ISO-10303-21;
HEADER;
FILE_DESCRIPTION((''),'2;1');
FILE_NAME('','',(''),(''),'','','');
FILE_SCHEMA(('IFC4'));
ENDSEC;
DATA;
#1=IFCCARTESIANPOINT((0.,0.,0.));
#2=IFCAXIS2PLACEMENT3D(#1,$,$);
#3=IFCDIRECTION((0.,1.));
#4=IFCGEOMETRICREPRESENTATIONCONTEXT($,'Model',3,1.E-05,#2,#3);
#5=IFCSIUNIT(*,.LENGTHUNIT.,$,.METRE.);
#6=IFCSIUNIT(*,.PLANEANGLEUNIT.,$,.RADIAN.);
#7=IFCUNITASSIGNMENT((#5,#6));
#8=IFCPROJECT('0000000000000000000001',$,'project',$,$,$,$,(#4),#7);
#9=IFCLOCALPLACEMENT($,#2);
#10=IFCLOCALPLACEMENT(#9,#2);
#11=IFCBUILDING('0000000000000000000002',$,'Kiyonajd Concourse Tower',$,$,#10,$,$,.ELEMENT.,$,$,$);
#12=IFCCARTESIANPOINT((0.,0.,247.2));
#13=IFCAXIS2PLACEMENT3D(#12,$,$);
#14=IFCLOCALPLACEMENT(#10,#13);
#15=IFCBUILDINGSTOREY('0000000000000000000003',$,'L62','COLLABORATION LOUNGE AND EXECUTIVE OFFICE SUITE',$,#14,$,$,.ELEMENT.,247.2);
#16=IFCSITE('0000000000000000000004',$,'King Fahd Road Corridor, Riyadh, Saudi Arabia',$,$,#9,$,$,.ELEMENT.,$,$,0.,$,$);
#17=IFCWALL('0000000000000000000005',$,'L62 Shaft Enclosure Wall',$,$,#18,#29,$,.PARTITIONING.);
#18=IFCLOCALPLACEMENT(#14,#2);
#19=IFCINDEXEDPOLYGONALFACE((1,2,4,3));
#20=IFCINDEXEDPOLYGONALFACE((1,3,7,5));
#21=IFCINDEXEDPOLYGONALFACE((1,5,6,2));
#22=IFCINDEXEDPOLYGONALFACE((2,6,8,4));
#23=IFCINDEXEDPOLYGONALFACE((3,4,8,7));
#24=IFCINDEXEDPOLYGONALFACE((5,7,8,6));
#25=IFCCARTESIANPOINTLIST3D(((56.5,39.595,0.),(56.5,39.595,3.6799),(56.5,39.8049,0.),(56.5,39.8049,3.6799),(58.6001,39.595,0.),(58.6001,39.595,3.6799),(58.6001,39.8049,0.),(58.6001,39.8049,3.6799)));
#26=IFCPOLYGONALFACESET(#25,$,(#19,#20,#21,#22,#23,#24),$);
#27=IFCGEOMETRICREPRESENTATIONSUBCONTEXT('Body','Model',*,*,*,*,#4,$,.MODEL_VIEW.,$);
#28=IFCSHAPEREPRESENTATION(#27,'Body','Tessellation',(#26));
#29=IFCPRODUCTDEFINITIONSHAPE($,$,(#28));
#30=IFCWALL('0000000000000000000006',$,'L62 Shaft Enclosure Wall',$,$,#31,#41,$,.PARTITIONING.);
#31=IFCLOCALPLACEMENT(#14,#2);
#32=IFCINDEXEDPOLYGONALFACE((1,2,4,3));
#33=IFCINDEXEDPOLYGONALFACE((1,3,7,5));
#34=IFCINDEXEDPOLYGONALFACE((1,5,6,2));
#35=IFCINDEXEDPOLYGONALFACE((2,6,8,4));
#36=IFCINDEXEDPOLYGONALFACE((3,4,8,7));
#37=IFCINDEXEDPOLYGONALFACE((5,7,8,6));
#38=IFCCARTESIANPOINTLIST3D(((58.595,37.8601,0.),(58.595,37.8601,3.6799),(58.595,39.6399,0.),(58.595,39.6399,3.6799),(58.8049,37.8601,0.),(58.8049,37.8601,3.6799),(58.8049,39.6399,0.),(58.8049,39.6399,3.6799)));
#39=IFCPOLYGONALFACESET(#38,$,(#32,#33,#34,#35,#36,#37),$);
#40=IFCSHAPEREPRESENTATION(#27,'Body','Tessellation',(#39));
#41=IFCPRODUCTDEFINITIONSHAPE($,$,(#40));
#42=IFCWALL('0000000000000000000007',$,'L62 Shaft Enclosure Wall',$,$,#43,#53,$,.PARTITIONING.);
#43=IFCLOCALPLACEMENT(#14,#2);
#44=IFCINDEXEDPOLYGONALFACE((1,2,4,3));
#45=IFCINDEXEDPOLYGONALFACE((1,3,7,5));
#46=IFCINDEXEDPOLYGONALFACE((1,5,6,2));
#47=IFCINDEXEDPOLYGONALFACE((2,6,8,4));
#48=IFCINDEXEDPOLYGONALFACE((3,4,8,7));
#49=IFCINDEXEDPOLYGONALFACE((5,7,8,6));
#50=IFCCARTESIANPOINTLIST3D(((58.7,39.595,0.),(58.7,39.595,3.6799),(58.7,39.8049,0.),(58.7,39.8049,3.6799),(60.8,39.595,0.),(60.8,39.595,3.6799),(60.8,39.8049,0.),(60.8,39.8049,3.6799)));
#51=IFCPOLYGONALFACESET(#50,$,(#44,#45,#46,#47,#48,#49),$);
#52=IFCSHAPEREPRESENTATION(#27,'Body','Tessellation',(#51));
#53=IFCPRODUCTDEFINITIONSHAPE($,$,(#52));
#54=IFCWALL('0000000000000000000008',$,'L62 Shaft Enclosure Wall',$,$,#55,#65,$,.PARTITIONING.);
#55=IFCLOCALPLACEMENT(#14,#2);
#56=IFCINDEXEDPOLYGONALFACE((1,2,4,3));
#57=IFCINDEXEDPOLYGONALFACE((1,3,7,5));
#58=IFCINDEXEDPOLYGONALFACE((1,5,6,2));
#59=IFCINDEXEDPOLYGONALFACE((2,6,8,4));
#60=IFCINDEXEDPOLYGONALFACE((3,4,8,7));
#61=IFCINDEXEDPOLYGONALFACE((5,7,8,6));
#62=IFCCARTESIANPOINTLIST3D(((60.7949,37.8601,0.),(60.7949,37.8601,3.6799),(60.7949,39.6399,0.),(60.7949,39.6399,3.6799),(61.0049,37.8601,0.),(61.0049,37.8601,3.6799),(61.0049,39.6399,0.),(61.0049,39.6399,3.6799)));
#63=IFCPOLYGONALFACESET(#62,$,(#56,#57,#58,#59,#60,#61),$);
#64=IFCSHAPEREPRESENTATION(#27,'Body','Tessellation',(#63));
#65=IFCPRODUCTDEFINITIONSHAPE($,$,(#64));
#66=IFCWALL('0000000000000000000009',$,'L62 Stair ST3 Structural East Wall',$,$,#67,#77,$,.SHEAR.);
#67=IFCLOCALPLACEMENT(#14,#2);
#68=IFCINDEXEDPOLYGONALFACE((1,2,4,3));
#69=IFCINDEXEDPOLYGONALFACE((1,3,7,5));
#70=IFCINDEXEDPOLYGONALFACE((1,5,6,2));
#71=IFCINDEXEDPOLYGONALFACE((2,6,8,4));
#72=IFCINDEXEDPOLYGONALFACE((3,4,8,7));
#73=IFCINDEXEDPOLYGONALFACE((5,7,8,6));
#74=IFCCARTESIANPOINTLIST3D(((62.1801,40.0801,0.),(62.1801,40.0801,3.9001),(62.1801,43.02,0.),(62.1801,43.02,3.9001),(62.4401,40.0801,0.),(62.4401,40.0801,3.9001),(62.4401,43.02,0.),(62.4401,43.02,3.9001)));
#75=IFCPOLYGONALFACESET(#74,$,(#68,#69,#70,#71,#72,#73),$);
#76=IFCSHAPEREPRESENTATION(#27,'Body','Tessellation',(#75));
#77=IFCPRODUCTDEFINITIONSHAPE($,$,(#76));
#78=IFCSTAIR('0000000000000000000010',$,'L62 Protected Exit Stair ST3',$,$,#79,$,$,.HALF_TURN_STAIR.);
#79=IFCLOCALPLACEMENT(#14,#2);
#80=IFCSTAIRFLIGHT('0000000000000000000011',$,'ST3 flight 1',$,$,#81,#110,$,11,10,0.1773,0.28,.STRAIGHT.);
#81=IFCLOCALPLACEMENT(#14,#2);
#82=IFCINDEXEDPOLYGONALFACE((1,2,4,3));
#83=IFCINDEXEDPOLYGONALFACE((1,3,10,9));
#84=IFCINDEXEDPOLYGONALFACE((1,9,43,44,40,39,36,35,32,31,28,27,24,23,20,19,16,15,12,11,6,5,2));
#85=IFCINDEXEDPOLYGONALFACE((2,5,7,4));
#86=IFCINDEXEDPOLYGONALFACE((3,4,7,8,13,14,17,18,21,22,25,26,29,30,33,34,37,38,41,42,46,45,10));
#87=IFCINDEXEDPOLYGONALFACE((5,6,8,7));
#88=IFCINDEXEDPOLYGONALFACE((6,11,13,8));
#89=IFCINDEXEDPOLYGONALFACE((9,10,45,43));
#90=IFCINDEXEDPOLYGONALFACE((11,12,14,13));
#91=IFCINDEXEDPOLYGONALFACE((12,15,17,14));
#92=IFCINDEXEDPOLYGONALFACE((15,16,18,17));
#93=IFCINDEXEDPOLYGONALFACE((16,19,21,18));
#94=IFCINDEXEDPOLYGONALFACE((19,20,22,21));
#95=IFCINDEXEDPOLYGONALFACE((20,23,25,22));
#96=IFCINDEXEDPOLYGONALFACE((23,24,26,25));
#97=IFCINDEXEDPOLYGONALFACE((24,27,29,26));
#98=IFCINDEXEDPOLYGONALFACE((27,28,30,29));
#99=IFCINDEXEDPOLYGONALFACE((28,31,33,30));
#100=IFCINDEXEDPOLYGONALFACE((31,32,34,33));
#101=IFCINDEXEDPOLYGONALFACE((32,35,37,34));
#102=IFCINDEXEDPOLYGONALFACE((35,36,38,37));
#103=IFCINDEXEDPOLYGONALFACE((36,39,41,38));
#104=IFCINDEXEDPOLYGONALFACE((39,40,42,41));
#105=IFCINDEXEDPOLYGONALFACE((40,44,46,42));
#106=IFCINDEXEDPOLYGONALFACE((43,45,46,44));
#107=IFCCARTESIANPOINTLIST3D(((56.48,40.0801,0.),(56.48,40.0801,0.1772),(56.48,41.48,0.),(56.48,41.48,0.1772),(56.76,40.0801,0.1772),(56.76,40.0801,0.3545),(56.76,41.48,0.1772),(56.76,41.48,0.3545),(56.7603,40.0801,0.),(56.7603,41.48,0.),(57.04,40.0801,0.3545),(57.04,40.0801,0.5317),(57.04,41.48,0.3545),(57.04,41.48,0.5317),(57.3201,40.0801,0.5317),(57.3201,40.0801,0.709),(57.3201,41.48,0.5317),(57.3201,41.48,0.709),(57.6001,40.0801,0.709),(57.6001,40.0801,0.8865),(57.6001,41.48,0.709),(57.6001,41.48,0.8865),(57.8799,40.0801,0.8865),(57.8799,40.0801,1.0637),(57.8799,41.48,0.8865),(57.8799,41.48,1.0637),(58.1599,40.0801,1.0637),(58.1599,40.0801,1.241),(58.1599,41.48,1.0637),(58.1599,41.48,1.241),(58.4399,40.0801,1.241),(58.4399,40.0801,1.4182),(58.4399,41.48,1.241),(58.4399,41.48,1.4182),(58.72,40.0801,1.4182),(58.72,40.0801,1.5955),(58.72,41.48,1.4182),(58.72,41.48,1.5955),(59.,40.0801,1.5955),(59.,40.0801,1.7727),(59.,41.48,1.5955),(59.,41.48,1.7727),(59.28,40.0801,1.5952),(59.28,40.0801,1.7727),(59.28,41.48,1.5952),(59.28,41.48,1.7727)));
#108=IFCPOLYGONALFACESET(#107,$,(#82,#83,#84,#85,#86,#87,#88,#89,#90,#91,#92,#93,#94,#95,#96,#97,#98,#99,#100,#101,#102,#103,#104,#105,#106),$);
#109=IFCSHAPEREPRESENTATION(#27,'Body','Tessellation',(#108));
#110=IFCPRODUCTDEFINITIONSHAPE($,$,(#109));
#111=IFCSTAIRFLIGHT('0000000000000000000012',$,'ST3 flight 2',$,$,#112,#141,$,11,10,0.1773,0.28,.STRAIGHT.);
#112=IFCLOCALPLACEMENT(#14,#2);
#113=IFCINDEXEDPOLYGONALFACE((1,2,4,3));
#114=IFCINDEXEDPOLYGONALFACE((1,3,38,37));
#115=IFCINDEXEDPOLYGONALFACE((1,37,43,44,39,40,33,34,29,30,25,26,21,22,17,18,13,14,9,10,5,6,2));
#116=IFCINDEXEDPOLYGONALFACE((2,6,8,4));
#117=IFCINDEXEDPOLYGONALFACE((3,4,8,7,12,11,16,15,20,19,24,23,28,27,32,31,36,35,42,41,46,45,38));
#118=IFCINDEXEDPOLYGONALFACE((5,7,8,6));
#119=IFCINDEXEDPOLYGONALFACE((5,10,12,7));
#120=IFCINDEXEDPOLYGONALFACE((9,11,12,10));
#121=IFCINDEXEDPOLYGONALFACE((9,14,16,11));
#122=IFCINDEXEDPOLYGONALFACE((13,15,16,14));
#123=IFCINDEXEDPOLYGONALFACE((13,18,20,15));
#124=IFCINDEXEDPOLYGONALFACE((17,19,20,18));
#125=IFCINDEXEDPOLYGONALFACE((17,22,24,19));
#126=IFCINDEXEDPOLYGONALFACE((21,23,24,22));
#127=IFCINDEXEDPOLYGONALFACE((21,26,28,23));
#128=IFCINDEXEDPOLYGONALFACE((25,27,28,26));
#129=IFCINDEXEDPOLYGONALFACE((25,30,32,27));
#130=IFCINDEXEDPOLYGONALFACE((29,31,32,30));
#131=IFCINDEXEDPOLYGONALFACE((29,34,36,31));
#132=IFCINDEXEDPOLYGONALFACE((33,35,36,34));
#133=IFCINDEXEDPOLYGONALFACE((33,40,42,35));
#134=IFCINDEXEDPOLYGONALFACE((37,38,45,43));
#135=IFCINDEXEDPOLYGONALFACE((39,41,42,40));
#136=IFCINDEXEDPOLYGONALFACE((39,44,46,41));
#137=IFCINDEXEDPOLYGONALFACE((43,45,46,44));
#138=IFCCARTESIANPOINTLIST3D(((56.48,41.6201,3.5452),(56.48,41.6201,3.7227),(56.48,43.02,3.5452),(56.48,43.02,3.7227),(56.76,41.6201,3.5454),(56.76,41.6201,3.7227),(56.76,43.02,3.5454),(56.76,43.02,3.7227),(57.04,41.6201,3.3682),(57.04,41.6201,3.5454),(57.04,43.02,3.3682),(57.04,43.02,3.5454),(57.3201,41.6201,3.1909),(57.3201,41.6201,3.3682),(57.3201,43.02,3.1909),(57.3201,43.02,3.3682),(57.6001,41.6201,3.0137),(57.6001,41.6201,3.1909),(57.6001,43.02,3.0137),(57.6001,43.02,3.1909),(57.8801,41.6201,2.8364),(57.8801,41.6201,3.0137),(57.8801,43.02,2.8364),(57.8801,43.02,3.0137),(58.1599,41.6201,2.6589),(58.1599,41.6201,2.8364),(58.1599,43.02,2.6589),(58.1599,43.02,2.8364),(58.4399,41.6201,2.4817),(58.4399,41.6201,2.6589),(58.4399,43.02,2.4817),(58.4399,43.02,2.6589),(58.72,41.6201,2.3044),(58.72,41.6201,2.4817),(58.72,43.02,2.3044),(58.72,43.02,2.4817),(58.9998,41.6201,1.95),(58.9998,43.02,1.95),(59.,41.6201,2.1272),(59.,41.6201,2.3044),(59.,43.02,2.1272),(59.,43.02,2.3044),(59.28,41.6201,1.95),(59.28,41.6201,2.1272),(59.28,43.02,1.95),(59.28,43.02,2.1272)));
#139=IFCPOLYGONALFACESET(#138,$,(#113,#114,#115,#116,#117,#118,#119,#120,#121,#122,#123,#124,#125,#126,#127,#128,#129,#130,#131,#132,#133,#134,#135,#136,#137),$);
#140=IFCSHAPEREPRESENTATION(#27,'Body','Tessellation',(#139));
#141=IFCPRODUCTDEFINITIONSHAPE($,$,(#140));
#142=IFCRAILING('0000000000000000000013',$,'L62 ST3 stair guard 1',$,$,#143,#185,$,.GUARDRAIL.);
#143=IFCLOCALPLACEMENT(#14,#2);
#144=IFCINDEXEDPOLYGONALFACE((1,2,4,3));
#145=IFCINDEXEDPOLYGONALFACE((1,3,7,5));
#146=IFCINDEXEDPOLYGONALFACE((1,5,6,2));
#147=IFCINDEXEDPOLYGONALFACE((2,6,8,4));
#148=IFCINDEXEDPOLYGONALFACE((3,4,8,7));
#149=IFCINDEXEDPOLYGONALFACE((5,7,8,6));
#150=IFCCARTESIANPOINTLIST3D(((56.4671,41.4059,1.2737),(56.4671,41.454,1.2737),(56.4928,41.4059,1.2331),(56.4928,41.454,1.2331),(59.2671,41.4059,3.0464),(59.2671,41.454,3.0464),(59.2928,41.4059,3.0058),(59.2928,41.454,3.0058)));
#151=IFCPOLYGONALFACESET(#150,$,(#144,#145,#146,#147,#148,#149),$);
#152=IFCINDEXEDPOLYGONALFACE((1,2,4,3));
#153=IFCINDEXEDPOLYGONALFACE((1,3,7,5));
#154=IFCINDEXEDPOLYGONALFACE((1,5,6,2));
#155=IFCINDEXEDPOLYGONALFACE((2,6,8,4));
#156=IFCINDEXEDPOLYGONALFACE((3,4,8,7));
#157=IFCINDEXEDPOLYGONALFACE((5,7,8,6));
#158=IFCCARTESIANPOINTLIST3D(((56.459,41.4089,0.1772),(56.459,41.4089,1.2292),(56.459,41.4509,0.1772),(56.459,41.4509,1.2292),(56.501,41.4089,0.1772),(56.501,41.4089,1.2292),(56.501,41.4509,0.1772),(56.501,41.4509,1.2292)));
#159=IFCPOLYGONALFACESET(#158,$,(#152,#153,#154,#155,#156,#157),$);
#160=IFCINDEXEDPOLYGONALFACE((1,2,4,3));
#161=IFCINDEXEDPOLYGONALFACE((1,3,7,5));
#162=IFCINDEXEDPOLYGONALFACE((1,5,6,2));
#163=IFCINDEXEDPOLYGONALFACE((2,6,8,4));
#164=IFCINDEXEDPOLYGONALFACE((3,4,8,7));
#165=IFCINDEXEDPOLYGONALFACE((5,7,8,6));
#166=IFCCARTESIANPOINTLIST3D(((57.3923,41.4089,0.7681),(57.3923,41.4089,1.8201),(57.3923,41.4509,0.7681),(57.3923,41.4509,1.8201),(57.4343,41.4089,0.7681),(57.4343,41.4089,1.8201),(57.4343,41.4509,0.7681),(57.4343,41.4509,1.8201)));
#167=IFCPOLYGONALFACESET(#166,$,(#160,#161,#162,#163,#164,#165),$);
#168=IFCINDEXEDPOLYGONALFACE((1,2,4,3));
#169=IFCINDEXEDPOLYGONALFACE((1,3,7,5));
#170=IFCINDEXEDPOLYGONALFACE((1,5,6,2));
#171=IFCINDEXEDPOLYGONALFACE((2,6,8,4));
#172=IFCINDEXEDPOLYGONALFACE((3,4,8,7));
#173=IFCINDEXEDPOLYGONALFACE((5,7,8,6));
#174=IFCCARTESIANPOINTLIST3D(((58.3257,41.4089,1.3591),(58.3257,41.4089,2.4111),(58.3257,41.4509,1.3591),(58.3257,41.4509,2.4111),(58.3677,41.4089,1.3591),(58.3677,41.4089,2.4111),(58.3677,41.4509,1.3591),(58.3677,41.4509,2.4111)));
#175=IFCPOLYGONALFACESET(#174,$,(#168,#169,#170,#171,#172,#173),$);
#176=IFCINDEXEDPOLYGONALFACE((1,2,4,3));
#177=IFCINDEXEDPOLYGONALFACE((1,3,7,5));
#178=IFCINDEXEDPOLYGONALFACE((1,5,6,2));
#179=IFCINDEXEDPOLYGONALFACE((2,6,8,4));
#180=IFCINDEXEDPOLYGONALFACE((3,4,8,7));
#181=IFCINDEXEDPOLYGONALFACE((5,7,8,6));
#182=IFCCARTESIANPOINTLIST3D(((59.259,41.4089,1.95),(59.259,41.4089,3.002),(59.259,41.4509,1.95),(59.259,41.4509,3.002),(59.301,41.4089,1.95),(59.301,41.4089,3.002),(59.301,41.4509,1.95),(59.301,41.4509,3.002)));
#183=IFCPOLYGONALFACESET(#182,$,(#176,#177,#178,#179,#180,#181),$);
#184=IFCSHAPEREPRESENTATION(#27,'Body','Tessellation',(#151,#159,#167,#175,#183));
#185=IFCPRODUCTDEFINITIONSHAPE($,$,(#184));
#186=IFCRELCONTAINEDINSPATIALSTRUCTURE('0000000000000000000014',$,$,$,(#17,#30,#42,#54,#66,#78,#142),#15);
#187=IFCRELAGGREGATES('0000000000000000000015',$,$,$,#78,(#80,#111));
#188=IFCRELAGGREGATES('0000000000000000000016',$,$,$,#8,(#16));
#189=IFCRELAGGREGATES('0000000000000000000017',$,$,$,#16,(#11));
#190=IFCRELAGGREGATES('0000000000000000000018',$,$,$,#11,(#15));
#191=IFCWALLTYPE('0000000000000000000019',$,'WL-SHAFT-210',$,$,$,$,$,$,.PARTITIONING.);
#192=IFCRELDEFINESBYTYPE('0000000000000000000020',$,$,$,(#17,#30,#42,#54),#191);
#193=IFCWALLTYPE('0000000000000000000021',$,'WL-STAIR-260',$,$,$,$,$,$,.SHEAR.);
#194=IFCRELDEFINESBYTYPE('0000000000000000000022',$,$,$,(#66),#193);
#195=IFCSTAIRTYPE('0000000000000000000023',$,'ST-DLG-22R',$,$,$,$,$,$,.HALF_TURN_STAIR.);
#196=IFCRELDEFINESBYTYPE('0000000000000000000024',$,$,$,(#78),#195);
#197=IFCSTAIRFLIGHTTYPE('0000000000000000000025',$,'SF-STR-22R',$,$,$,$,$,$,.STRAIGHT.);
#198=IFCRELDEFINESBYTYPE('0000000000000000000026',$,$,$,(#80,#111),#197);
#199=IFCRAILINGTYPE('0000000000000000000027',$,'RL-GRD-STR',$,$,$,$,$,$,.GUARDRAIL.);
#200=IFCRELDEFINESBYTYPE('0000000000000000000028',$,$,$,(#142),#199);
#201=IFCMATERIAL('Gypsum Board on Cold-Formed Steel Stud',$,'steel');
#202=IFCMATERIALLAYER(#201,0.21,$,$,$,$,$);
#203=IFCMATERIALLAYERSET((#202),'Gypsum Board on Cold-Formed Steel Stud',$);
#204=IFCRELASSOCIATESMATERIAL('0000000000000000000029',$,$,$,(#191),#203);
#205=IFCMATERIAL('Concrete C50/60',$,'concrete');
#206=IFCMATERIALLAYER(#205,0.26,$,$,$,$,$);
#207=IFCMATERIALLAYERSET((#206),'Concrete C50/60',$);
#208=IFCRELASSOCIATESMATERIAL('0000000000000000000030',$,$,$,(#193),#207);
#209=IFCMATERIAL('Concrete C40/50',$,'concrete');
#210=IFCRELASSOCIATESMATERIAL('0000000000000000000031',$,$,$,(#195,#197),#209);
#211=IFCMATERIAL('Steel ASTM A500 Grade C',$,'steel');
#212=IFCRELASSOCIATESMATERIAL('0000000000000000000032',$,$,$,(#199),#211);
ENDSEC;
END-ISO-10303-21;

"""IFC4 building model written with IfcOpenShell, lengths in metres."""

from ifc_helpers import new_model, si_unit, direction, frame, frame_2d, origin, origin_2d, place, context, subcontext, project, spatial, polyline, rectangle, outline, extrude, material, layer, layer_set, type_object, element, aggregate, save


model = new_model("IFC4")

# Units and contexts
model_context = context("Model", 3, precision=1e-05, world=origin(), true_north=direction((0.0, 1.0)))
body_context = subcontext(model_context, "Body", "Model", "MODEL_VIEW")
ifc_project = project(units=[si_unit("LENGTHUNIT", "METRE"), si_unit("PLANEANGLEUNIT", "RADIAN")], contexts=[model_context])

# Site, building, storey
site_placement = place(None, origin())
site = spatial("IfcSite", under=ifc_project, at=site_placement, Name="King Fahd Road Corridor, Riyadh, Saudi Arabia", CompositionType="ELEMENT", RefElevation=0.0)
building_placement = place(site_placement, origin())
building = spatial("IfcBuilding", under=site, at=building_placement, Name="Kiyonajd Concourse Tower", CompositionType="ELEMENT")
storey_placement = place(building_placement, frame((0.0, 0.0, 247.2)))
storey = spatial("IfcBuildingStorey", under=building, at=storey_placement, Name="L62", Description="COLLABORATION LOUNGE AND EXECUTIVE OFFICE SUITE", CompositionType="ELEMENT", Elevation=247.2)

# Walls
ifc_material_1 = material(Name="Gypsum Board on Cold-Formed Steel Stud", Category="steel")
ifc_layer_1 = layer(ifc_material_1, 0.21)
ifc_layer_set_1 = layer_set([ifc_layer_1], Name="Gypsum Board on Cold-Formed Steel Stud")
wall_type_1 = type_object("IfcWallType", Name="WL-SHAFT-210", PredefinedType="PARTITIONING", material=ifc_layer_set_1)
wall_1_placement = place(storey_placement, frame((56.5, 39.7, 0.0), z_axis=(0.0, 0.0, 1.0), x_axis=(1.0, 0.0, 0.0)))
element("IfcWall", 1, at=wall_1_placement, inside=storey, type_object=wall_type_1, Name="L62 Shaft Enclosure Wall", PredefinedType="PARTITIONING", context=body_context, shape_type="SweptSolid", body=[
    extrude(rectangle(XDim=2.1001, YDim=0.21, at=frame_2d((1.05, 0.0))), origin(), (0.0, 0.0, 1.0), 3.6799),
])
wall_2_placement = place(storey_placement, frame((58.7, 37.8601, 0.0), z_axis=(0.0, 0.0, 1.0), x_axis=(0.0, 1.0, 0.0)))
element("IfcWall", 2, at=wall_2_placement, inside=storey, type_object=wall_type_1, Name="L62 Shaft Enclosure Wall", PredefinedType="PARTITIONING", context=body_context, shape_type="SweptSolid", body=[
    extrude(rectangle(XDim=1.7798, YDim=0.21, at=frame_2d((0.8899, 0.0))), origin(), (0.0, 0.0, 1.0), 3.6799),
])
wall_3_placement = place(storey_placement, frame((58.7, 39.7, 0.0), z_axis=(0.0, 0.0, 1.0), x_axis=(1.0, 0.0, 0.0)))
element("IfcWall", 3, at=wall_3_placement, inside=storey, type_object=wall_type_1, Name="L62 Shaft Enclosure Wall", PredefinedType="PARTITIONING", context=body_context, shape_type="SweptSolid", body=[
    extrude(rectangle(XDim=2.1001, YDim=0.21, at=frame_2d((1.05, 0.0))), origin(), (0.0, 0.0, 1.0), 3.6799),
])
wall_4_placement = place(storey_placement, frame((60.8999, 37.8601, 0.0), z_axis=(0.0, 0.0, 1.0), x_axis=(0.0, 1.0, 0.0)))
element("IfcWall", 4, at=wall_4_placement, inside=storey, type_object=wall_type_1, Name="L62 Shaft Enclosure Wall", PredefinedType="PARTITIONING", context=body_context, shape_type="SweptSolid", body=[
    extrude(rectangle(XDim=1.7798, YDim=0.21, at=frame_2d((0.8899, 0.0))), origin(), (0.0, 0.0, 1.0), 3.6799),
])
ifc_material_2 = material(Name="Concrete C50/60", Category="concrete")
ifc_layer_2 = layer(ifc_material_2, 0.26)
ifc_layer_set_2 = layer_set([ifc_layer_2], Name="Concrete C50/60")
wall_type_2 = type_object("IfcWallType", Name="WL-STAIR-260", PredefinedType="SHEAR", material=ifc_layer_set_2)
wall_5_placement = place(storey_placement, frame((62.3101, 40.0801, 0.0), z_axis=(0.0, 0.0, 1.0), x_axis=(0.0, 1.0, 0.0)))
element("IfcWall", 5, at=wall_5_placement, inside=storey, type_object=wall_type_2, Name="L62 Stair ST3 Structural East Wall", PredefinedType="SHEAR", context=body_context, shape_type="SweptSolid", body=[
    extrude(rectangle(XDim=2.9399, YDim=0.26, at=frame_2d((1.47, 0.0))), origin(), (0.0, 0.0, 1.0), 3.9001),
])

# Stair, stair flights
ifc_material_3 = material(Name="Concrete C40/50", Category="concrete")
stair_type = type_object("IfcStairType", Name="ST-DLG-22R", PredefinedType="HALF_TURN_STAIR", material=ifc_material_3)
stair_placement = place(storey_placement, origin())
stair = element("IfcStair", 6, at=stair_placement, inside=storey, type_object=stair_type, Name="L62 Protected Exit Stair ST3", PredefinedType="HALF_TURN_STAIR")
stair_flight_type = type_object("IfcStairFlightType", Name="SF-STR-22R", PredefinedType="STRAIGHT", material=ifc_material_3)
stair_flight_1_placement = place(storey_placement, frame((56.48, 40.78, 0.0), z_axis=(0.0, 0.0, 1.0), x_axis=(1.0, 0.0, 0.0)))
stair_flight_1 = element("IfcStairFlight", 7, at=stair_flight_1_placement, type_object=stair_flight_type, Name="ST3 flight 1", NumberOfRisers=11, NumberOfTreads=10, PredefinedType="STRAIGHT", RiserHeight=0.1773, TreadLength=0.28, context=body_context, shape_type="SweptSolid", body=[
    extrude(outline(polyline([(0.0, 0.0), (0.0, 0.1772), (0.28, 0.1772), (0.28, 0.3545), (0.5601, 0.3545), (0.5601, 0.5317), (0.8401, 0.5317), (0.8401, 0.709), (1.1201, 0.709), (1.1201, 0.8865), (1.3999, 0.8865), (1.3999, 1.0637), (1.6799, 1.0637), (1.6799, 1.241), (1.96, 1.241), (1.96, 1.4182), (2.24, 1.4182), (2.24, 1.5955), (2.52, 1.5955), (2.52, 1.7727), (2.8, 1.7727), (2.8, 1.95), (2.8, 1.5952), (0.2803, 0.0), (0.0, 0.0)])), frame((0.0, 0.7, 0.0), z_axis=(0.0, -1.0, 0.0), x_axis=(1.0, 0.0, 0.0)), (0.0, 0.0, 1.0), 1.3999),
])
stair_flight_2_placement = place(storey_placement, frame((59.28, 42.3201, 1.95), z_axis=(0.0, 0.0, 1.0), x_axis=(-1.0, 0.0, 0.0)))
stair_flight_2 = element("IfcStairFlight", 8, at=stair_flight_2_placement, type_object=stair_flight_type, Name="ST3 flight 2", NumberOfRisers=11, NumberOfTreads=10, PredefinedType="STRAIGHT", RiserHeight=0.1773, TreadLength=0.28, context=body_context, shape_type="SweptSolid", body=[
    extrude(outline(polyline([(0.0, 0.0), (0.0, 0.1772), (0.28, 0.1772), (0.28, 0.3545), (0.5601, 0.3545), (0.5601, 0.5317), (0.8401, 0.5317), (0.8401, 0.709), (1.1201, 0.709), (1.1201, 0.8865), (1.3999, 0.8865), (1.3999, 1.0637), (1.6799, 1.0637), (1.6799, 1.241), (1.96, 1.241), (1.96, 1.4182), (2.24, 1.4182), (2.24, 1.5955), (2.52, 1.5955), (2.52, 1.7727), (2.8, 1.7727), (2.8, 1.95), (2.8, 1.5952), (0.2803, 0.0), (0.0, 0.0)])), frame((0.0, 0.7, 0.0), z_axis=(0.0, -1.0, 0.0), x_axis=(1.0, 0.0, 0.0)), (0.0, 0.0, 1.0), 1.3999),
])
aggregate(stair, [stair_flight_1, stair_flight_2])

# Railing
ifc_material_4 = material(Name="Steel ASTM A500 Grade C", Category="steel")
railing_type_1 = type_object("IfcRailingType", Name="RL-GRD-STR", PredefinedType="GUARDRAIL", material=ifc_material_4)
railing_1_placement = place(storey_placement, frame((56.48, 41.4299, 0.1772)))
element("IfcRailing", 9, at=railing_1_placement, inside=storey, type_object=railing_type_1, Name="L62 ST3 stair guard 1", PredefinedType="GUARDRAIL", context=body_context, shape_type="SweptSolid", body=[
    extrude(rectangle(XDim=0.0481, YDim=0.0481, at=origin_2d()), frame((0.0, 0.0, 1.0762), z_axis=(0.844909, 0.0, 0.53491), x_axis=(0.0, 1.0, 0.0)), (0.0, 0.0, 1.0), 3.314),
    extrude(rectangle(XDim=0.042, YDim=0.042, at=origin_2d()), origin(), (0.0, 0.0, 1.0), 1.052),
    extrude(rectangle(XDim=0.042, YDim=0.042, at=origin_2d()), frame((0.9333, 0.0, 0.5908)), (0.0, 0.0, 1.0), 1.052),
    extrude(rectangle(XDim=0.042, YDim=0.042, at=origin_2d()), frame((1.8667, 0.0, 1.1819)), (0.0, 0.0, 1.0), 1.052),
    extrude(rectangle(XDim=0.042, YDim=0.042, at=origin_2d()), frame((2.8, 0.0, 1.7727)), (0.0, 0.0, 1.0), 1.052),
])

save(model, "model.ifc")
